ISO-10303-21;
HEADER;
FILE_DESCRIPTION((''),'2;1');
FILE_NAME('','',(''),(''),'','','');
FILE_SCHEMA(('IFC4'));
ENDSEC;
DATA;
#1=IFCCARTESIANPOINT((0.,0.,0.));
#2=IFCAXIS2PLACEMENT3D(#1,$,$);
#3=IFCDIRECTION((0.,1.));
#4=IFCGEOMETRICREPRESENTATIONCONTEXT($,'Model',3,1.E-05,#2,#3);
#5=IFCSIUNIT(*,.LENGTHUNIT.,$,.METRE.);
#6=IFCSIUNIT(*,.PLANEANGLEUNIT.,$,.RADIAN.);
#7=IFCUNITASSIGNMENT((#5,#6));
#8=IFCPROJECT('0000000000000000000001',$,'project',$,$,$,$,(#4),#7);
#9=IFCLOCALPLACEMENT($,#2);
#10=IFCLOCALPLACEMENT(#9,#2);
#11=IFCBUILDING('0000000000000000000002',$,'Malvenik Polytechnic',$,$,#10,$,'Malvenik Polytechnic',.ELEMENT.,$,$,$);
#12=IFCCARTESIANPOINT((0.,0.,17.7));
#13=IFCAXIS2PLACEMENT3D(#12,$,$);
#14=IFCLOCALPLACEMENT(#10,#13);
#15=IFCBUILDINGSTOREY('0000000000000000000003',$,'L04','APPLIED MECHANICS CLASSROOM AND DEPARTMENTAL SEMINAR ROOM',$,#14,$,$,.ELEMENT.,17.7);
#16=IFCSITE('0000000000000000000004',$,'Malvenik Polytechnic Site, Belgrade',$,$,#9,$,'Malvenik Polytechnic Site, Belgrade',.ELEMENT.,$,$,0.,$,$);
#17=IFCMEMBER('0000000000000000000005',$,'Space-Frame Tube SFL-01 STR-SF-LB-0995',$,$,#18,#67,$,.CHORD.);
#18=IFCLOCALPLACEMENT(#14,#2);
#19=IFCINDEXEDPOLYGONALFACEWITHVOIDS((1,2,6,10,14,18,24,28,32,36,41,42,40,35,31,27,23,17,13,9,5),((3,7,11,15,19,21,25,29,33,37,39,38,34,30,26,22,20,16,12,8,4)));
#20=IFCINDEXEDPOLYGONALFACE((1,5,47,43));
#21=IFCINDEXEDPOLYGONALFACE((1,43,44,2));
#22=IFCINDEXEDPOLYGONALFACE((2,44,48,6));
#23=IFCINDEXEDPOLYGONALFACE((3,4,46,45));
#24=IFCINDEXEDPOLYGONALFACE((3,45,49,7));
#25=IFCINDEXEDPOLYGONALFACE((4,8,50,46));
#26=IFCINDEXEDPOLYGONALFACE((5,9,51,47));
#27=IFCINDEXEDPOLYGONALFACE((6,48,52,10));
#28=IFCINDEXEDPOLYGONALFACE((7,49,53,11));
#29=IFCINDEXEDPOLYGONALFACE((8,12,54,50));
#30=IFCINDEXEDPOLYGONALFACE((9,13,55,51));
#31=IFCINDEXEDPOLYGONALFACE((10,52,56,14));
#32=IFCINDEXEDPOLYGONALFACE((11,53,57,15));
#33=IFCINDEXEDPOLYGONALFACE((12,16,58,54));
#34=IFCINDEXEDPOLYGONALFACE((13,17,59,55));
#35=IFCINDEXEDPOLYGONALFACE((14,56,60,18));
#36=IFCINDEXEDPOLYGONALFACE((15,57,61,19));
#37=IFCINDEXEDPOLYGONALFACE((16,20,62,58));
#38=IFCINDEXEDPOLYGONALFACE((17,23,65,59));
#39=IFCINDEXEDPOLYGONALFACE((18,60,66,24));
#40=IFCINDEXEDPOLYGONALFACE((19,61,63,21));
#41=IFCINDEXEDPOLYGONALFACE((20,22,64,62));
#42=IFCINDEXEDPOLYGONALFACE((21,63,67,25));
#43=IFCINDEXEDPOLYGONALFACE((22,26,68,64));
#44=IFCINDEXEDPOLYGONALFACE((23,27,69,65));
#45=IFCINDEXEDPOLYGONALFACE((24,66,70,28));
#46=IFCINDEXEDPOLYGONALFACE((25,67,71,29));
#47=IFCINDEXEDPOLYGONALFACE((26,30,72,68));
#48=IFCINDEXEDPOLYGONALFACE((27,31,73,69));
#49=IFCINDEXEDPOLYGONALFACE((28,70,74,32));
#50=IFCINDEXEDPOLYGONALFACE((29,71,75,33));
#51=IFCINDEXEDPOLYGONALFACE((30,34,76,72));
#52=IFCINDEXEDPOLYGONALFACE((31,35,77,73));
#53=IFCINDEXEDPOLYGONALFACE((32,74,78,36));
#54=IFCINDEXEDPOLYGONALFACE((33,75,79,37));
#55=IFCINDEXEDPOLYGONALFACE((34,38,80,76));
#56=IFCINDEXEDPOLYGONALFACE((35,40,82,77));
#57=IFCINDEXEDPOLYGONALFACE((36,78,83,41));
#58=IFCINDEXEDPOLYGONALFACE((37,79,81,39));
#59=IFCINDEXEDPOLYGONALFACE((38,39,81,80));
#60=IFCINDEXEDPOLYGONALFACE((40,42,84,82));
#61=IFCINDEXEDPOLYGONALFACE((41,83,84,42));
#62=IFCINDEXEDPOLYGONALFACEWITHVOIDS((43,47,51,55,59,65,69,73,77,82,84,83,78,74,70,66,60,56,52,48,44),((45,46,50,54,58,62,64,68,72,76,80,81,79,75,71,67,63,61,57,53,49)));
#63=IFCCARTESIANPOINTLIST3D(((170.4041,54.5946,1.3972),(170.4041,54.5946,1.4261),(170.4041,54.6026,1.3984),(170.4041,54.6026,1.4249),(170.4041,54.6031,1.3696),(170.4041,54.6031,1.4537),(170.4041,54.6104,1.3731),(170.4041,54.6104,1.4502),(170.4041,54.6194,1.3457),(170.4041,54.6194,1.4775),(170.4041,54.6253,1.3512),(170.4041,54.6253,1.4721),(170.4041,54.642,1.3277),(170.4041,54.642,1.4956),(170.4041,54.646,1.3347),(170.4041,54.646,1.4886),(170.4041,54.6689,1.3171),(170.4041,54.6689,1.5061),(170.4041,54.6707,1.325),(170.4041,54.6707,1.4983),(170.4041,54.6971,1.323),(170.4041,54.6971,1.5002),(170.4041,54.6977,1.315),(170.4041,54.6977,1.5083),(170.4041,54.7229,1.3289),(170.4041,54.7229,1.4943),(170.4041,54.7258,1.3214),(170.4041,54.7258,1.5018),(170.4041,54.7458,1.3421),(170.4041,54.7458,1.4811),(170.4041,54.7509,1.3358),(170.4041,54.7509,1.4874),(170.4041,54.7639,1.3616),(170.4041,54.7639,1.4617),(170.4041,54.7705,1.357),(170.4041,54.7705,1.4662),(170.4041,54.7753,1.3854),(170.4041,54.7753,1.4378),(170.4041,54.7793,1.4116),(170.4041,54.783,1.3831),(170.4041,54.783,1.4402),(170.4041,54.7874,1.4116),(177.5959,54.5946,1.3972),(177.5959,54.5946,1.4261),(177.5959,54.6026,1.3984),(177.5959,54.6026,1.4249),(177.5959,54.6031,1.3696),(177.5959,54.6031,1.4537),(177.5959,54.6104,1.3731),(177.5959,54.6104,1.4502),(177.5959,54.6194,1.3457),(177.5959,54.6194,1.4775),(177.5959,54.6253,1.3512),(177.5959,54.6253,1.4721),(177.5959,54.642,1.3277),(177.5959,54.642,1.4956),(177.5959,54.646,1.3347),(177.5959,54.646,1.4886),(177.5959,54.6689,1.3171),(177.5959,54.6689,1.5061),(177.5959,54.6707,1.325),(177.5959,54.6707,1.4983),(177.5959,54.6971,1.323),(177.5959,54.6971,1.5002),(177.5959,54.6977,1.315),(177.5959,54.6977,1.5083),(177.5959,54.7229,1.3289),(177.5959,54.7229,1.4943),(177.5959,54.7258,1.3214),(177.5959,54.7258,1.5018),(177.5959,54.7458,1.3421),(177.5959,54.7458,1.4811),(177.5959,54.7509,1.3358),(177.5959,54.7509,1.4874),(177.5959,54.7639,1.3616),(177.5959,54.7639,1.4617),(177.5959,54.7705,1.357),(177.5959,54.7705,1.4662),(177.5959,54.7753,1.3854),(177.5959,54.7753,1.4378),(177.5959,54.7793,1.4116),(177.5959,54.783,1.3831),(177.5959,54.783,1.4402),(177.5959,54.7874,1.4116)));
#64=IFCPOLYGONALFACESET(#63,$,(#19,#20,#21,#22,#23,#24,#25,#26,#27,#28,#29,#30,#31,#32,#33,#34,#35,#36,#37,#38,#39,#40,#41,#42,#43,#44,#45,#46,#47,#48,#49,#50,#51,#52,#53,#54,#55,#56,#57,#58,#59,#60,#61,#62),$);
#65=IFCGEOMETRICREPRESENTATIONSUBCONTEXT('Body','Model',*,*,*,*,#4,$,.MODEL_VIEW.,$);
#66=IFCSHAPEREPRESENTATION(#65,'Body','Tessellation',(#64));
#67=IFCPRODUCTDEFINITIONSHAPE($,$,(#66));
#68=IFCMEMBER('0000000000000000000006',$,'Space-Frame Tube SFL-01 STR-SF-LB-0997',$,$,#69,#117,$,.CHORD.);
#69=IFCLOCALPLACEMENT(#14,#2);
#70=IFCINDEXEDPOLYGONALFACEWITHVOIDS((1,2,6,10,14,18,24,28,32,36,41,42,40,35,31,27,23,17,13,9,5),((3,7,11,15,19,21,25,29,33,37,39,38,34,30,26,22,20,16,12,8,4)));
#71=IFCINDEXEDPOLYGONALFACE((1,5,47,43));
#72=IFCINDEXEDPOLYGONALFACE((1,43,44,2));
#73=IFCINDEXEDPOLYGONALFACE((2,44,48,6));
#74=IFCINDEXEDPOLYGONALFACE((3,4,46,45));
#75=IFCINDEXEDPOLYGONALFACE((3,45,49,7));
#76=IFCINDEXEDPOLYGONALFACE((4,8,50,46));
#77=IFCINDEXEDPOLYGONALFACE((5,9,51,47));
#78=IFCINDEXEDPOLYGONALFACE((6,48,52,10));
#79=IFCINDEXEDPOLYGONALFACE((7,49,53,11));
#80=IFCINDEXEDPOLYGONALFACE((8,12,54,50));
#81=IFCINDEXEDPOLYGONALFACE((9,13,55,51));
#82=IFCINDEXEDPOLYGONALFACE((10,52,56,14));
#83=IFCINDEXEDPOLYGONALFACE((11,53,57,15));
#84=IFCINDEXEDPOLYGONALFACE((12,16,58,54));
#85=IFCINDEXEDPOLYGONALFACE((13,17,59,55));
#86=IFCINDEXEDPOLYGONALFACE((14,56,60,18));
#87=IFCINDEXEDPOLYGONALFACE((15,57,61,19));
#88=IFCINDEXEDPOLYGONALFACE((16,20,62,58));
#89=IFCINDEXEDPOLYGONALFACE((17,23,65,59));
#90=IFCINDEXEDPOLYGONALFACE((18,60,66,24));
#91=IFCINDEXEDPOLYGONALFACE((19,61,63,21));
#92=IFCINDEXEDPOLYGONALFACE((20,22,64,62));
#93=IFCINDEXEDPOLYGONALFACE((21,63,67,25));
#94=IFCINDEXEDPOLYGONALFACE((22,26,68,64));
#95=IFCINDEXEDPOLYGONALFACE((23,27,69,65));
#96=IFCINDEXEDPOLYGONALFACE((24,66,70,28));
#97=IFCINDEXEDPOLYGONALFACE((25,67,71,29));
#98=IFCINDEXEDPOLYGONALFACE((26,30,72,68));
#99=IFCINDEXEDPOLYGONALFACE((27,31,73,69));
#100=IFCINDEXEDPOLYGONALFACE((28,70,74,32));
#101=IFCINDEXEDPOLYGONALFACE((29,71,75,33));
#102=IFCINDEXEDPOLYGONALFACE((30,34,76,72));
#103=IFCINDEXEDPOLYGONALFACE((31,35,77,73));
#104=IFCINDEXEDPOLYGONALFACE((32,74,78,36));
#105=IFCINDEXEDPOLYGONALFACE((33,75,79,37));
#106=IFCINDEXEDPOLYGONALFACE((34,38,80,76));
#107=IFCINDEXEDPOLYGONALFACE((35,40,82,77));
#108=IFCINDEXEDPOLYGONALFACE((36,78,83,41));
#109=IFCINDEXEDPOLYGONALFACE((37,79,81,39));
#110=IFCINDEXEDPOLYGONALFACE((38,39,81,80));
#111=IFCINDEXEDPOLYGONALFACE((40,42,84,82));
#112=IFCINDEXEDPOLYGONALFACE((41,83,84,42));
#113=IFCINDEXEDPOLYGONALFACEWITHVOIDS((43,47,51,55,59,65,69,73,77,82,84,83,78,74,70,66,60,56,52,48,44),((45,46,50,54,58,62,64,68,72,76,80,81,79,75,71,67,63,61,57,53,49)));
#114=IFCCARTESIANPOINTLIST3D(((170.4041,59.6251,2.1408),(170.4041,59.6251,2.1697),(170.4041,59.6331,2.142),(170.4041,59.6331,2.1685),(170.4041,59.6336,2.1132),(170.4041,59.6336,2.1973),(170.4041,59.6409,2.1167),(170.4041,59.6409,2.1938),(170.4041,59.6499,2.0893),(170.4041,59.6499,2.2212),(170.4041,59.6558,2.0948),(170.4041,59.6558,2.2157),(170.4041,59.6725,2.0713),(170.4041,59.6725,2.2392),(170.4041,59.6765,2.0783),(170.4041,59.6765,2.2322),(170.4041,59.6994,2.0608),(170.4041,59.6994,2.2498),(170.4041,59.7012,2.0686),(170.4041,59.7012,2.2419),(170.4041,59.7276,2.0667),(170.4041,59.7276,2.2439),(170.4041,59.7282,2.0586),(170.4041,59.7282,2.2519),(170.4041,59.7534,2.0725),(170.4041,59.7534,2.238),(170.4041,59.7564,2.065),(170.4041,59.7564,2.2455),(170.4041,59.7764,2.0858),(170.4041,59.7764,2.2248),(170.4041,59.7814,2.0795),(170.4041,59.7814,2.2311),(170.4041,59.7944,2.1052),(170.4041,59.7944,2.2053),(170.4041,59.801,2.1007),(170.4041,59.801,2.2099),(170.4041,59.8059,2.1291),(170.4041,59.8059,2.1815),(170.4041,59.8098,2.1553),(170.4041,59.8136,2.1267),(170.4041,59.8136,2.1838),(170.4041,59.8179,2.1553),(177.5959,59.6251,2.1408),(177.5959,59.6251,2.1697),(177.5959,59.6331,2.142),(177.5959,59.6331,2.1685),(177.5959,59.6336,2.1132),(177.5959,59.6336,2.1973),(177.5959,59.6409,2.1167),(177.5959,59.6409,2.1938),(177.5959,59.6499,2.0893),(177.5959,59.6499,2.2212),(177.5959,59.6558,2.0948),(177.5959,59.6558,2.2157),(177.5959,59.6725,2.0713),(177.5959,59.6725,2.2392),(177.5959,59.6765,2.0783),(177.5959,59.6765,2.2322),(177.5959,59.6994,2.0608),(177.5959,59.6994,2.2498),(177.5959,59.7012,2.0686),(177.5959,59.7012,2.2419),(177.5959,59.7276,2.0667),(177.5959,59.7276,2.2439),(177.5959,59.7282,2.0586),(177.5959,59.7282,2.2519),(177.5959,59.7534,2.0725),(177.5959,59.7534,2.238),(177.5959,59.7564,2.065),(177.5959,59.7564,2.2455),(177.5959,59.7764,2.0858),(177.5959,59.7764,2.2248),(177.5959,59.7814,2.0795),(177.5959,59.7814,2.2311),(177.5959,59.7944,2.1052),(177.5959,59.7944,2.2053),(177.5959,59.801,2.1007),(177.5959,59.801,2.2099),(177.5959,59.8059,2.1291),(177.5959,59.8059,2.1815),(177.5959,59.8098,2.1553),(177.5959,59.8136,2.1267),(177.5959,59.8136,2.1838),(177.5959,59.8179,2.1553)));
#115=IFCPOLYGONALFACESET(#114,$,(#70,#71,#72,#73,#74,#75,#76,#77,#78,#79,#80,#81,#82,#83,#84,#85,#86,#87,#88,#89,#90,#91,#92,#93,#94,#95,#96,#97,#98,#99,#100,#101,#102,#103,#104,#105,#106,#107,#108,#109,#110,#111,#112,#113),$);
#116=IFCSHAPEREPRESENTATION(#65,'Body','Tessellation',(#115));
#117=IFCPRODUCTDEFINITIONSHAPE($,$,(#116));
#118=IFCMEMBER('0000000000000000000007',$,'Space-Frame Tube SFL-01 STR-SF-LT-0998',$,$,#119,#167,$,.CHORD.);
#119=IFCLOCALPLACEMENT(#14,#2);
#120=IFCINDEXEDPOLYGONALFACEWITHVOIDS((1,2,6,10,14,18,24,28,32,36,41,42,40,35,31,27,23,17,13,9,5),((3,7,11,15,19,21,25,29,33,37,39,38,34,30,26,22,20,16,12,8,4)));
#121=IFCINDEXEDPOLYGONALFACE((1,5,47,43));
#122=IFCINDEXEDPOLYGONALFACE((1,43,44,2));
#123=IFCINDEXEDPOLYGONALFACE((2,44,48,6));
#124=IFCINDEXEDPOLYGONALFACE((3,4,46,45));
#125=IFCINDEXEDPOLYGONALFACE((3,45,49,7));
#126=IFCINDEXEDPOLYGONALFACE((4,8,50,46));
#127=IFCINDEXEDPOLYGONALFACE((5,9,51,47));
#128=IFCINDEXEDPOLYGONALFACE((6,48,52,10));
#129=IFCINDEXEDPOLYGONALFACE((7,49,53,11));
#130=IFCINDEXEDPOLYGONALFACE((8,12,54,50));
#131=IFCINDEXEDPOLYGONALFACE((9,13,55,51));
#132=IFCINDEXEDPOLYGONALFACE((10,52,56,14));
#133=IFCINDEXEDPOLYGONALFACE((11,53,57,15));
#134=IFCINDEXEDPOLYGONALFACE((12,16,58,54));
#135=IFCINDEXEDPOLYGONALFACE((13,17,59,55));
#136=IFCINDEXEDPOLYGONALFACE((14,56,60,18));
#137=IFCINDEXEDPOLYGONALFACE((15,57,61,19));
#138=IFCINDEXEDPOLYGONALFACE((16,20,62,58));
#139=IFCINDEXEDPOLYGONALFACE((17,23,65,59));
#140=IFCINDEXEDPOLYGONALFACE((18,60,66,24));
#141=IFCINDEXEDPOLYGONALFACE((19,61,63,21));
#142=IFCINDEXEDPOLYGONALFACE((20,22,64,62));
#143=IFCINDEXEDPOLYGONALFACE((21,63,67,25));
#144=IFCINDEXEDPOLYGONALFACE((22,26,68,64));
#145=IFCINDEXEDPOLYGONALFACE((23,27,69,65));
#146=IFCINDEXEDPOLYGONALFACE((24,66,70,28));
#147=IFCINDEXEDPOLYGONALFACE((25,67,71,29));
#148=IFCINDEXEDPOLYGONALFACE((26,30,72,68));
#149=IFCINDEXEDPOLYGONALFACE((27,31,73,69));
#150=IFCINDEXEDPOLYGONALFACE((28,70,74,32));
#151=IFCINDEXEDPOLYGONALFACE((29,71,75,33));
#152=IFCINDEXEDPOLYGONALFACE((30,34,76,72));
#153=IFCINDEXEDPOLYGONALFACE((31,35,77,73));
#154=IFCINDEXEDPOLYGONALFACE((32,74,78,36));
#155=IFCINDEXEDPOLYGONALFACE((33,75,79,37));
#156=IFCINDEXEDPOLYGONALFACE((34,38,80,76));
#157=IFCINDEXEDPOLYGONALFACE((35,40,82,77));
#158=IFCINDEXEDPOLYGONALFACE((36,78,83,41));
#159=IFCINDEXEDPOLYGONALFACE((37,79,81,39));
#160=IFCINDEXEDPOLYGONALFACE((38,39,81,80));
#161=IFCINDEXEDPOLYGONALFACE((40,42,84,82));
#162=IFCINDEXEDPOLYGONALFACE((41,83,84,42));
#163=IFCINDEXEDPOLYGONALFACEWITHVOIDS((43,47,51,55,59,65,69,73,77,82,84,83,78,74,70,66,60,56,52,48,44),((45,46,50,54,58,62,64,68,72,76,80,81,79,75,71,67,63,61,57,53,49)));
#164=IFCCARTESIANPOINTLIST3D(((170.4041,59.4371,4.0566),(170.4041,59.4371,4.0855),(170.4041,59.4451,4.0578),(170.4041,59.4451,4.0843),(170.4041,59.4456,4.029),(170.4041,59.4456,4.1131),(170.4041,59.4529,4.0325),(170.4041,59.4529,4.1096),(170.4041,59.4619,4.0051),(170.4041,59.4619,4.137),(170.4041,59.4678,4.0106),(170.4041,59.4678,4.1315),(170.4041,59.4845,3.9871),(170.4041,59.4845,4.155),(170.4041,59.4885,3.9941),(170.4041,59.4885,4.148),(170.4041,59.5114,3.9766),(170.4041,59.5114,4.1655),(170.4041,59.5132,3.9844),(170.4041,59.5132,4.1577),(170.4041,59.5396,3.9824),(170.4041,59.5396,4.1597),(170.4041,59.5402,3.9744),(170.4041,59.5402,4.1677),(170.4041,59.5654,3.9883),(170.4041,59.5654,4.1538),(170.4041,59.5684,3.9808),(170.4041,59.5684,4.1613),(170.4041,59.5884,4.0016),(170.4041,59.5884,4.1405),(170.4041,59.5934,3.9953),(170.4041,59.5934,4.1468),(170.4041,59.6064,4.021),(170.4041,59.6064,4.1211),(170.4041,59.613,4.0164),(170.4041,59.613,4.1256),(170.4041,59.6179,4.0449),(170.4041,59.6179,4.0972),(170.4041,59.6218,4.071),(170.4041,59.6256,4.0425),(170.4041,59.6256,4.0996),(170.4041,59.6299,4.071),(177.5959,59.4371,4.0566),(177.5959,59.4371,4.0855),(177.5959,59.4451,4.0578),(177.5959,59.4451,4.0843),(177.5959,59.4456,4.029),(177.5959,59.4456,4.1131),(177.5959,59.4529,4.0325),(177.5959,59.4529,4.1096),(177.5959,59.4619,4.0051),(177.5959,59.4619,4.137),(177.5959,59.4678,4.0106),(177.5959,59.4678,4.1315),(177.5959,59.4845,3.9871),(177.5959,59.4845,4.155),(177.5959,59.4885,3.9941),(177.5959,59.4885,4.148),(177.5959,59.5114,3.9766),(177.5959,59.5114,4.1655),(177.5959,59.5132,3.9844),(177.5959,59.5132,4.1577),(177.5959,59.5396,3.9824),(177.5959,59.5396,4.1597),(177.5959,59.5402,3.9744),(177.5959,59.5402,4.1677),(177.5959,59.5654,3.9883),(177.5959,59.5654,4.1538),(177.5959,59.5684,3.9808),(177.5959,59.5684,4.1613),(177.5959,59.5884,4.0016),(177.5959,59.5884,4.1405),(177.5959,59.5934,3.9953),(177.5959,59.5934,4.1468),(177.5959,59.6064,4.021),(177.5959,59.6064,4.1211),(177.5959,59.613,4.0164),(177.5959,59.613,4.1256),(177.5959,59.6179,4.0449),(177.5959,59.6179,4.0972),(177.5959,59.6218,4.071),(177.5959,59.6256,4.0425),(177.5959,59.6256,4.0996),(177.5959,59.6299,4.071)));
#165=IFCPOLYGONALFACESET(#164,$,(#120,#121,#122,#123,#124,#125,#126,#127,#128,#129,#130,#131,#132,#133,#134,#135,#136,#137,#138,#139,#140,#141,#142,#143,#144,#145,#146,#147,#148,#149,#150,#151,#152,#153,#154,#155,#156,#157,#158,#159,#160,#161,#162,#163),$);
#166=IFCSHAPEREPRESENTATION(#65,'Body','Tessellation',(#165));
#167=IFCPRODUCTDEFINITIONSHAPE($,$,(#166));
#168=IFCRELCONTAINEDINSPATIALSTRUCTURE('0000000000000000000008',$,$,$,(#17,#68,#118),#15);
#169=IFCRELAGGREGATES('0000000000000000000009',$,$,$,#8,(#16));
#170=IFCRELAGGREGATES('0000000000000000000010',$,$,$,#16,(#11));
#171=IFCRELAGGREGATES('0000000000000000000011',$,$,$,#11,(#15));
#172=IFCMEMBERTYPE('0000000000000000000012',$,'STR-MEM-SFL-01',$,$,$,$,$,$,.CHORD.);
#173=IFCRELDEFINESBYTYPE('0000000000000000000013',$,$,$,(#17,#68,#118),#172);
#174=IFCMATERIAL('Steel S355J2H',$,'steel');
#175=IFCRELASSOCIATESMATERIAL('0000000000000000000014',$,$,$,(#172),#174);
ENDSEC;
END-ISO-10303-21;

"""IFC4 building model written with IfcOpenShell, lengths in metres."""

from ifc_helpers import new_model, si_unit, direction, frame, origin, origin_2d, place, context, subcontext, project, spatial, hollow_circle, extrude, material, material_profile, profile_set, type_object, element, save


model = new_model("IFC4")

# Units and contexts
model_context = context("Model", 3, precision=1e-05, world=origin(), true_north=direction((0.0, 1.0)))
body_context = subcontext(model_context, "Body", "Model", "MODEL_VIEW")
ifc_project = project(units=[si_unit("LENGTHUNIT", "METRE"), si_unit("PLANEANGLEUNIT", "RADIAN")], contexts=[model_context])

# Site, building, storey
site_placement = place(None, origin())
site = spatial("IfcSite", under=ifc_project, at=site_placement, Name="Malvenik Polytechnic Site, Belgrade", LongName="Malvenik Polytechnic Site, Belgrade", CompositionType="ELEMENT", RefElevation=0.0)
building_placement = place(site_placement, origin())
building = spatial("IfcBuilding", under=site, at=building_placement, Name="Malvenik Polytechnic", LongName="Malvenik Polytechnic", CompositionType="ELEMENT")
storey_placement = place(building_placement, frame((0.0, 0.0, 17.7)))
storey = spatial("IfcBuildingStorey", under=building, at=storey_placement, Name="L04", Description="APPLIED MECHANICS CLASSROOM AND DEPARTMENTAL SEMINAR ROOM", CompositionType="ELEMENT", Elevation=17.7)

# Members
ifc_material_1 = material(Name="Steel S355J2H", Category="steel")
ifc_material_profile_1 = material_profile(ifc_material_1, hollow_circle(Radius=0.0969, WallThickness=0.0081, at=origin_2d()), Name="CHS 193.7x8.0")
ifc_profile_set_1 = profile_set([ifc_material_profile_1], Name="Steel S355J2H")
member_type_1 = type_object("IfcMemberType", Name="STR-MEM-SFL-01", PredefinedType="CHORD", material=ifc_profile_set_1)
for number, where, z_axis, x_axis, name in (
    (1, (170.4041, 54.6904, 1.4116), (1.0, 0.0, 0.0), (0.0, 1.0, 0.0), "Space-Frame Tube SFL-01 STR-SF-LB-0995"),
    (2, (170.4041, 59.7209, 2.1553), (1.0, 0.0, 0.0), (0.0, 1.0, 0.0), "Space-Frame Tube SFL-01 STR-SF-LB-0997"),
    (3, (170.4041, 59.533, 4.071), (1.0, 0.0, 0.0), (0.0, 1.0, 0.0), "Space-Frame Tube SFL-01 STR-SF-LT-0998"),
):
    element("IfcMember", number, at=place(storey_placement, frame(where, z_axis=z_axis, x_axis=x_axis)), inside=storey, type_object=member_type_1, Name=name, PredefinedType="CHORD", context=body_context, shape_type="SweptSolid", body=[
        extrude(hollow_circle(Radius=0.0969, WallThickness=0.0081, at=origin_2d()), origin(), (0.0, 0.0, 1.0), 7.1919),
    ])

save(model, "model.ifc")
